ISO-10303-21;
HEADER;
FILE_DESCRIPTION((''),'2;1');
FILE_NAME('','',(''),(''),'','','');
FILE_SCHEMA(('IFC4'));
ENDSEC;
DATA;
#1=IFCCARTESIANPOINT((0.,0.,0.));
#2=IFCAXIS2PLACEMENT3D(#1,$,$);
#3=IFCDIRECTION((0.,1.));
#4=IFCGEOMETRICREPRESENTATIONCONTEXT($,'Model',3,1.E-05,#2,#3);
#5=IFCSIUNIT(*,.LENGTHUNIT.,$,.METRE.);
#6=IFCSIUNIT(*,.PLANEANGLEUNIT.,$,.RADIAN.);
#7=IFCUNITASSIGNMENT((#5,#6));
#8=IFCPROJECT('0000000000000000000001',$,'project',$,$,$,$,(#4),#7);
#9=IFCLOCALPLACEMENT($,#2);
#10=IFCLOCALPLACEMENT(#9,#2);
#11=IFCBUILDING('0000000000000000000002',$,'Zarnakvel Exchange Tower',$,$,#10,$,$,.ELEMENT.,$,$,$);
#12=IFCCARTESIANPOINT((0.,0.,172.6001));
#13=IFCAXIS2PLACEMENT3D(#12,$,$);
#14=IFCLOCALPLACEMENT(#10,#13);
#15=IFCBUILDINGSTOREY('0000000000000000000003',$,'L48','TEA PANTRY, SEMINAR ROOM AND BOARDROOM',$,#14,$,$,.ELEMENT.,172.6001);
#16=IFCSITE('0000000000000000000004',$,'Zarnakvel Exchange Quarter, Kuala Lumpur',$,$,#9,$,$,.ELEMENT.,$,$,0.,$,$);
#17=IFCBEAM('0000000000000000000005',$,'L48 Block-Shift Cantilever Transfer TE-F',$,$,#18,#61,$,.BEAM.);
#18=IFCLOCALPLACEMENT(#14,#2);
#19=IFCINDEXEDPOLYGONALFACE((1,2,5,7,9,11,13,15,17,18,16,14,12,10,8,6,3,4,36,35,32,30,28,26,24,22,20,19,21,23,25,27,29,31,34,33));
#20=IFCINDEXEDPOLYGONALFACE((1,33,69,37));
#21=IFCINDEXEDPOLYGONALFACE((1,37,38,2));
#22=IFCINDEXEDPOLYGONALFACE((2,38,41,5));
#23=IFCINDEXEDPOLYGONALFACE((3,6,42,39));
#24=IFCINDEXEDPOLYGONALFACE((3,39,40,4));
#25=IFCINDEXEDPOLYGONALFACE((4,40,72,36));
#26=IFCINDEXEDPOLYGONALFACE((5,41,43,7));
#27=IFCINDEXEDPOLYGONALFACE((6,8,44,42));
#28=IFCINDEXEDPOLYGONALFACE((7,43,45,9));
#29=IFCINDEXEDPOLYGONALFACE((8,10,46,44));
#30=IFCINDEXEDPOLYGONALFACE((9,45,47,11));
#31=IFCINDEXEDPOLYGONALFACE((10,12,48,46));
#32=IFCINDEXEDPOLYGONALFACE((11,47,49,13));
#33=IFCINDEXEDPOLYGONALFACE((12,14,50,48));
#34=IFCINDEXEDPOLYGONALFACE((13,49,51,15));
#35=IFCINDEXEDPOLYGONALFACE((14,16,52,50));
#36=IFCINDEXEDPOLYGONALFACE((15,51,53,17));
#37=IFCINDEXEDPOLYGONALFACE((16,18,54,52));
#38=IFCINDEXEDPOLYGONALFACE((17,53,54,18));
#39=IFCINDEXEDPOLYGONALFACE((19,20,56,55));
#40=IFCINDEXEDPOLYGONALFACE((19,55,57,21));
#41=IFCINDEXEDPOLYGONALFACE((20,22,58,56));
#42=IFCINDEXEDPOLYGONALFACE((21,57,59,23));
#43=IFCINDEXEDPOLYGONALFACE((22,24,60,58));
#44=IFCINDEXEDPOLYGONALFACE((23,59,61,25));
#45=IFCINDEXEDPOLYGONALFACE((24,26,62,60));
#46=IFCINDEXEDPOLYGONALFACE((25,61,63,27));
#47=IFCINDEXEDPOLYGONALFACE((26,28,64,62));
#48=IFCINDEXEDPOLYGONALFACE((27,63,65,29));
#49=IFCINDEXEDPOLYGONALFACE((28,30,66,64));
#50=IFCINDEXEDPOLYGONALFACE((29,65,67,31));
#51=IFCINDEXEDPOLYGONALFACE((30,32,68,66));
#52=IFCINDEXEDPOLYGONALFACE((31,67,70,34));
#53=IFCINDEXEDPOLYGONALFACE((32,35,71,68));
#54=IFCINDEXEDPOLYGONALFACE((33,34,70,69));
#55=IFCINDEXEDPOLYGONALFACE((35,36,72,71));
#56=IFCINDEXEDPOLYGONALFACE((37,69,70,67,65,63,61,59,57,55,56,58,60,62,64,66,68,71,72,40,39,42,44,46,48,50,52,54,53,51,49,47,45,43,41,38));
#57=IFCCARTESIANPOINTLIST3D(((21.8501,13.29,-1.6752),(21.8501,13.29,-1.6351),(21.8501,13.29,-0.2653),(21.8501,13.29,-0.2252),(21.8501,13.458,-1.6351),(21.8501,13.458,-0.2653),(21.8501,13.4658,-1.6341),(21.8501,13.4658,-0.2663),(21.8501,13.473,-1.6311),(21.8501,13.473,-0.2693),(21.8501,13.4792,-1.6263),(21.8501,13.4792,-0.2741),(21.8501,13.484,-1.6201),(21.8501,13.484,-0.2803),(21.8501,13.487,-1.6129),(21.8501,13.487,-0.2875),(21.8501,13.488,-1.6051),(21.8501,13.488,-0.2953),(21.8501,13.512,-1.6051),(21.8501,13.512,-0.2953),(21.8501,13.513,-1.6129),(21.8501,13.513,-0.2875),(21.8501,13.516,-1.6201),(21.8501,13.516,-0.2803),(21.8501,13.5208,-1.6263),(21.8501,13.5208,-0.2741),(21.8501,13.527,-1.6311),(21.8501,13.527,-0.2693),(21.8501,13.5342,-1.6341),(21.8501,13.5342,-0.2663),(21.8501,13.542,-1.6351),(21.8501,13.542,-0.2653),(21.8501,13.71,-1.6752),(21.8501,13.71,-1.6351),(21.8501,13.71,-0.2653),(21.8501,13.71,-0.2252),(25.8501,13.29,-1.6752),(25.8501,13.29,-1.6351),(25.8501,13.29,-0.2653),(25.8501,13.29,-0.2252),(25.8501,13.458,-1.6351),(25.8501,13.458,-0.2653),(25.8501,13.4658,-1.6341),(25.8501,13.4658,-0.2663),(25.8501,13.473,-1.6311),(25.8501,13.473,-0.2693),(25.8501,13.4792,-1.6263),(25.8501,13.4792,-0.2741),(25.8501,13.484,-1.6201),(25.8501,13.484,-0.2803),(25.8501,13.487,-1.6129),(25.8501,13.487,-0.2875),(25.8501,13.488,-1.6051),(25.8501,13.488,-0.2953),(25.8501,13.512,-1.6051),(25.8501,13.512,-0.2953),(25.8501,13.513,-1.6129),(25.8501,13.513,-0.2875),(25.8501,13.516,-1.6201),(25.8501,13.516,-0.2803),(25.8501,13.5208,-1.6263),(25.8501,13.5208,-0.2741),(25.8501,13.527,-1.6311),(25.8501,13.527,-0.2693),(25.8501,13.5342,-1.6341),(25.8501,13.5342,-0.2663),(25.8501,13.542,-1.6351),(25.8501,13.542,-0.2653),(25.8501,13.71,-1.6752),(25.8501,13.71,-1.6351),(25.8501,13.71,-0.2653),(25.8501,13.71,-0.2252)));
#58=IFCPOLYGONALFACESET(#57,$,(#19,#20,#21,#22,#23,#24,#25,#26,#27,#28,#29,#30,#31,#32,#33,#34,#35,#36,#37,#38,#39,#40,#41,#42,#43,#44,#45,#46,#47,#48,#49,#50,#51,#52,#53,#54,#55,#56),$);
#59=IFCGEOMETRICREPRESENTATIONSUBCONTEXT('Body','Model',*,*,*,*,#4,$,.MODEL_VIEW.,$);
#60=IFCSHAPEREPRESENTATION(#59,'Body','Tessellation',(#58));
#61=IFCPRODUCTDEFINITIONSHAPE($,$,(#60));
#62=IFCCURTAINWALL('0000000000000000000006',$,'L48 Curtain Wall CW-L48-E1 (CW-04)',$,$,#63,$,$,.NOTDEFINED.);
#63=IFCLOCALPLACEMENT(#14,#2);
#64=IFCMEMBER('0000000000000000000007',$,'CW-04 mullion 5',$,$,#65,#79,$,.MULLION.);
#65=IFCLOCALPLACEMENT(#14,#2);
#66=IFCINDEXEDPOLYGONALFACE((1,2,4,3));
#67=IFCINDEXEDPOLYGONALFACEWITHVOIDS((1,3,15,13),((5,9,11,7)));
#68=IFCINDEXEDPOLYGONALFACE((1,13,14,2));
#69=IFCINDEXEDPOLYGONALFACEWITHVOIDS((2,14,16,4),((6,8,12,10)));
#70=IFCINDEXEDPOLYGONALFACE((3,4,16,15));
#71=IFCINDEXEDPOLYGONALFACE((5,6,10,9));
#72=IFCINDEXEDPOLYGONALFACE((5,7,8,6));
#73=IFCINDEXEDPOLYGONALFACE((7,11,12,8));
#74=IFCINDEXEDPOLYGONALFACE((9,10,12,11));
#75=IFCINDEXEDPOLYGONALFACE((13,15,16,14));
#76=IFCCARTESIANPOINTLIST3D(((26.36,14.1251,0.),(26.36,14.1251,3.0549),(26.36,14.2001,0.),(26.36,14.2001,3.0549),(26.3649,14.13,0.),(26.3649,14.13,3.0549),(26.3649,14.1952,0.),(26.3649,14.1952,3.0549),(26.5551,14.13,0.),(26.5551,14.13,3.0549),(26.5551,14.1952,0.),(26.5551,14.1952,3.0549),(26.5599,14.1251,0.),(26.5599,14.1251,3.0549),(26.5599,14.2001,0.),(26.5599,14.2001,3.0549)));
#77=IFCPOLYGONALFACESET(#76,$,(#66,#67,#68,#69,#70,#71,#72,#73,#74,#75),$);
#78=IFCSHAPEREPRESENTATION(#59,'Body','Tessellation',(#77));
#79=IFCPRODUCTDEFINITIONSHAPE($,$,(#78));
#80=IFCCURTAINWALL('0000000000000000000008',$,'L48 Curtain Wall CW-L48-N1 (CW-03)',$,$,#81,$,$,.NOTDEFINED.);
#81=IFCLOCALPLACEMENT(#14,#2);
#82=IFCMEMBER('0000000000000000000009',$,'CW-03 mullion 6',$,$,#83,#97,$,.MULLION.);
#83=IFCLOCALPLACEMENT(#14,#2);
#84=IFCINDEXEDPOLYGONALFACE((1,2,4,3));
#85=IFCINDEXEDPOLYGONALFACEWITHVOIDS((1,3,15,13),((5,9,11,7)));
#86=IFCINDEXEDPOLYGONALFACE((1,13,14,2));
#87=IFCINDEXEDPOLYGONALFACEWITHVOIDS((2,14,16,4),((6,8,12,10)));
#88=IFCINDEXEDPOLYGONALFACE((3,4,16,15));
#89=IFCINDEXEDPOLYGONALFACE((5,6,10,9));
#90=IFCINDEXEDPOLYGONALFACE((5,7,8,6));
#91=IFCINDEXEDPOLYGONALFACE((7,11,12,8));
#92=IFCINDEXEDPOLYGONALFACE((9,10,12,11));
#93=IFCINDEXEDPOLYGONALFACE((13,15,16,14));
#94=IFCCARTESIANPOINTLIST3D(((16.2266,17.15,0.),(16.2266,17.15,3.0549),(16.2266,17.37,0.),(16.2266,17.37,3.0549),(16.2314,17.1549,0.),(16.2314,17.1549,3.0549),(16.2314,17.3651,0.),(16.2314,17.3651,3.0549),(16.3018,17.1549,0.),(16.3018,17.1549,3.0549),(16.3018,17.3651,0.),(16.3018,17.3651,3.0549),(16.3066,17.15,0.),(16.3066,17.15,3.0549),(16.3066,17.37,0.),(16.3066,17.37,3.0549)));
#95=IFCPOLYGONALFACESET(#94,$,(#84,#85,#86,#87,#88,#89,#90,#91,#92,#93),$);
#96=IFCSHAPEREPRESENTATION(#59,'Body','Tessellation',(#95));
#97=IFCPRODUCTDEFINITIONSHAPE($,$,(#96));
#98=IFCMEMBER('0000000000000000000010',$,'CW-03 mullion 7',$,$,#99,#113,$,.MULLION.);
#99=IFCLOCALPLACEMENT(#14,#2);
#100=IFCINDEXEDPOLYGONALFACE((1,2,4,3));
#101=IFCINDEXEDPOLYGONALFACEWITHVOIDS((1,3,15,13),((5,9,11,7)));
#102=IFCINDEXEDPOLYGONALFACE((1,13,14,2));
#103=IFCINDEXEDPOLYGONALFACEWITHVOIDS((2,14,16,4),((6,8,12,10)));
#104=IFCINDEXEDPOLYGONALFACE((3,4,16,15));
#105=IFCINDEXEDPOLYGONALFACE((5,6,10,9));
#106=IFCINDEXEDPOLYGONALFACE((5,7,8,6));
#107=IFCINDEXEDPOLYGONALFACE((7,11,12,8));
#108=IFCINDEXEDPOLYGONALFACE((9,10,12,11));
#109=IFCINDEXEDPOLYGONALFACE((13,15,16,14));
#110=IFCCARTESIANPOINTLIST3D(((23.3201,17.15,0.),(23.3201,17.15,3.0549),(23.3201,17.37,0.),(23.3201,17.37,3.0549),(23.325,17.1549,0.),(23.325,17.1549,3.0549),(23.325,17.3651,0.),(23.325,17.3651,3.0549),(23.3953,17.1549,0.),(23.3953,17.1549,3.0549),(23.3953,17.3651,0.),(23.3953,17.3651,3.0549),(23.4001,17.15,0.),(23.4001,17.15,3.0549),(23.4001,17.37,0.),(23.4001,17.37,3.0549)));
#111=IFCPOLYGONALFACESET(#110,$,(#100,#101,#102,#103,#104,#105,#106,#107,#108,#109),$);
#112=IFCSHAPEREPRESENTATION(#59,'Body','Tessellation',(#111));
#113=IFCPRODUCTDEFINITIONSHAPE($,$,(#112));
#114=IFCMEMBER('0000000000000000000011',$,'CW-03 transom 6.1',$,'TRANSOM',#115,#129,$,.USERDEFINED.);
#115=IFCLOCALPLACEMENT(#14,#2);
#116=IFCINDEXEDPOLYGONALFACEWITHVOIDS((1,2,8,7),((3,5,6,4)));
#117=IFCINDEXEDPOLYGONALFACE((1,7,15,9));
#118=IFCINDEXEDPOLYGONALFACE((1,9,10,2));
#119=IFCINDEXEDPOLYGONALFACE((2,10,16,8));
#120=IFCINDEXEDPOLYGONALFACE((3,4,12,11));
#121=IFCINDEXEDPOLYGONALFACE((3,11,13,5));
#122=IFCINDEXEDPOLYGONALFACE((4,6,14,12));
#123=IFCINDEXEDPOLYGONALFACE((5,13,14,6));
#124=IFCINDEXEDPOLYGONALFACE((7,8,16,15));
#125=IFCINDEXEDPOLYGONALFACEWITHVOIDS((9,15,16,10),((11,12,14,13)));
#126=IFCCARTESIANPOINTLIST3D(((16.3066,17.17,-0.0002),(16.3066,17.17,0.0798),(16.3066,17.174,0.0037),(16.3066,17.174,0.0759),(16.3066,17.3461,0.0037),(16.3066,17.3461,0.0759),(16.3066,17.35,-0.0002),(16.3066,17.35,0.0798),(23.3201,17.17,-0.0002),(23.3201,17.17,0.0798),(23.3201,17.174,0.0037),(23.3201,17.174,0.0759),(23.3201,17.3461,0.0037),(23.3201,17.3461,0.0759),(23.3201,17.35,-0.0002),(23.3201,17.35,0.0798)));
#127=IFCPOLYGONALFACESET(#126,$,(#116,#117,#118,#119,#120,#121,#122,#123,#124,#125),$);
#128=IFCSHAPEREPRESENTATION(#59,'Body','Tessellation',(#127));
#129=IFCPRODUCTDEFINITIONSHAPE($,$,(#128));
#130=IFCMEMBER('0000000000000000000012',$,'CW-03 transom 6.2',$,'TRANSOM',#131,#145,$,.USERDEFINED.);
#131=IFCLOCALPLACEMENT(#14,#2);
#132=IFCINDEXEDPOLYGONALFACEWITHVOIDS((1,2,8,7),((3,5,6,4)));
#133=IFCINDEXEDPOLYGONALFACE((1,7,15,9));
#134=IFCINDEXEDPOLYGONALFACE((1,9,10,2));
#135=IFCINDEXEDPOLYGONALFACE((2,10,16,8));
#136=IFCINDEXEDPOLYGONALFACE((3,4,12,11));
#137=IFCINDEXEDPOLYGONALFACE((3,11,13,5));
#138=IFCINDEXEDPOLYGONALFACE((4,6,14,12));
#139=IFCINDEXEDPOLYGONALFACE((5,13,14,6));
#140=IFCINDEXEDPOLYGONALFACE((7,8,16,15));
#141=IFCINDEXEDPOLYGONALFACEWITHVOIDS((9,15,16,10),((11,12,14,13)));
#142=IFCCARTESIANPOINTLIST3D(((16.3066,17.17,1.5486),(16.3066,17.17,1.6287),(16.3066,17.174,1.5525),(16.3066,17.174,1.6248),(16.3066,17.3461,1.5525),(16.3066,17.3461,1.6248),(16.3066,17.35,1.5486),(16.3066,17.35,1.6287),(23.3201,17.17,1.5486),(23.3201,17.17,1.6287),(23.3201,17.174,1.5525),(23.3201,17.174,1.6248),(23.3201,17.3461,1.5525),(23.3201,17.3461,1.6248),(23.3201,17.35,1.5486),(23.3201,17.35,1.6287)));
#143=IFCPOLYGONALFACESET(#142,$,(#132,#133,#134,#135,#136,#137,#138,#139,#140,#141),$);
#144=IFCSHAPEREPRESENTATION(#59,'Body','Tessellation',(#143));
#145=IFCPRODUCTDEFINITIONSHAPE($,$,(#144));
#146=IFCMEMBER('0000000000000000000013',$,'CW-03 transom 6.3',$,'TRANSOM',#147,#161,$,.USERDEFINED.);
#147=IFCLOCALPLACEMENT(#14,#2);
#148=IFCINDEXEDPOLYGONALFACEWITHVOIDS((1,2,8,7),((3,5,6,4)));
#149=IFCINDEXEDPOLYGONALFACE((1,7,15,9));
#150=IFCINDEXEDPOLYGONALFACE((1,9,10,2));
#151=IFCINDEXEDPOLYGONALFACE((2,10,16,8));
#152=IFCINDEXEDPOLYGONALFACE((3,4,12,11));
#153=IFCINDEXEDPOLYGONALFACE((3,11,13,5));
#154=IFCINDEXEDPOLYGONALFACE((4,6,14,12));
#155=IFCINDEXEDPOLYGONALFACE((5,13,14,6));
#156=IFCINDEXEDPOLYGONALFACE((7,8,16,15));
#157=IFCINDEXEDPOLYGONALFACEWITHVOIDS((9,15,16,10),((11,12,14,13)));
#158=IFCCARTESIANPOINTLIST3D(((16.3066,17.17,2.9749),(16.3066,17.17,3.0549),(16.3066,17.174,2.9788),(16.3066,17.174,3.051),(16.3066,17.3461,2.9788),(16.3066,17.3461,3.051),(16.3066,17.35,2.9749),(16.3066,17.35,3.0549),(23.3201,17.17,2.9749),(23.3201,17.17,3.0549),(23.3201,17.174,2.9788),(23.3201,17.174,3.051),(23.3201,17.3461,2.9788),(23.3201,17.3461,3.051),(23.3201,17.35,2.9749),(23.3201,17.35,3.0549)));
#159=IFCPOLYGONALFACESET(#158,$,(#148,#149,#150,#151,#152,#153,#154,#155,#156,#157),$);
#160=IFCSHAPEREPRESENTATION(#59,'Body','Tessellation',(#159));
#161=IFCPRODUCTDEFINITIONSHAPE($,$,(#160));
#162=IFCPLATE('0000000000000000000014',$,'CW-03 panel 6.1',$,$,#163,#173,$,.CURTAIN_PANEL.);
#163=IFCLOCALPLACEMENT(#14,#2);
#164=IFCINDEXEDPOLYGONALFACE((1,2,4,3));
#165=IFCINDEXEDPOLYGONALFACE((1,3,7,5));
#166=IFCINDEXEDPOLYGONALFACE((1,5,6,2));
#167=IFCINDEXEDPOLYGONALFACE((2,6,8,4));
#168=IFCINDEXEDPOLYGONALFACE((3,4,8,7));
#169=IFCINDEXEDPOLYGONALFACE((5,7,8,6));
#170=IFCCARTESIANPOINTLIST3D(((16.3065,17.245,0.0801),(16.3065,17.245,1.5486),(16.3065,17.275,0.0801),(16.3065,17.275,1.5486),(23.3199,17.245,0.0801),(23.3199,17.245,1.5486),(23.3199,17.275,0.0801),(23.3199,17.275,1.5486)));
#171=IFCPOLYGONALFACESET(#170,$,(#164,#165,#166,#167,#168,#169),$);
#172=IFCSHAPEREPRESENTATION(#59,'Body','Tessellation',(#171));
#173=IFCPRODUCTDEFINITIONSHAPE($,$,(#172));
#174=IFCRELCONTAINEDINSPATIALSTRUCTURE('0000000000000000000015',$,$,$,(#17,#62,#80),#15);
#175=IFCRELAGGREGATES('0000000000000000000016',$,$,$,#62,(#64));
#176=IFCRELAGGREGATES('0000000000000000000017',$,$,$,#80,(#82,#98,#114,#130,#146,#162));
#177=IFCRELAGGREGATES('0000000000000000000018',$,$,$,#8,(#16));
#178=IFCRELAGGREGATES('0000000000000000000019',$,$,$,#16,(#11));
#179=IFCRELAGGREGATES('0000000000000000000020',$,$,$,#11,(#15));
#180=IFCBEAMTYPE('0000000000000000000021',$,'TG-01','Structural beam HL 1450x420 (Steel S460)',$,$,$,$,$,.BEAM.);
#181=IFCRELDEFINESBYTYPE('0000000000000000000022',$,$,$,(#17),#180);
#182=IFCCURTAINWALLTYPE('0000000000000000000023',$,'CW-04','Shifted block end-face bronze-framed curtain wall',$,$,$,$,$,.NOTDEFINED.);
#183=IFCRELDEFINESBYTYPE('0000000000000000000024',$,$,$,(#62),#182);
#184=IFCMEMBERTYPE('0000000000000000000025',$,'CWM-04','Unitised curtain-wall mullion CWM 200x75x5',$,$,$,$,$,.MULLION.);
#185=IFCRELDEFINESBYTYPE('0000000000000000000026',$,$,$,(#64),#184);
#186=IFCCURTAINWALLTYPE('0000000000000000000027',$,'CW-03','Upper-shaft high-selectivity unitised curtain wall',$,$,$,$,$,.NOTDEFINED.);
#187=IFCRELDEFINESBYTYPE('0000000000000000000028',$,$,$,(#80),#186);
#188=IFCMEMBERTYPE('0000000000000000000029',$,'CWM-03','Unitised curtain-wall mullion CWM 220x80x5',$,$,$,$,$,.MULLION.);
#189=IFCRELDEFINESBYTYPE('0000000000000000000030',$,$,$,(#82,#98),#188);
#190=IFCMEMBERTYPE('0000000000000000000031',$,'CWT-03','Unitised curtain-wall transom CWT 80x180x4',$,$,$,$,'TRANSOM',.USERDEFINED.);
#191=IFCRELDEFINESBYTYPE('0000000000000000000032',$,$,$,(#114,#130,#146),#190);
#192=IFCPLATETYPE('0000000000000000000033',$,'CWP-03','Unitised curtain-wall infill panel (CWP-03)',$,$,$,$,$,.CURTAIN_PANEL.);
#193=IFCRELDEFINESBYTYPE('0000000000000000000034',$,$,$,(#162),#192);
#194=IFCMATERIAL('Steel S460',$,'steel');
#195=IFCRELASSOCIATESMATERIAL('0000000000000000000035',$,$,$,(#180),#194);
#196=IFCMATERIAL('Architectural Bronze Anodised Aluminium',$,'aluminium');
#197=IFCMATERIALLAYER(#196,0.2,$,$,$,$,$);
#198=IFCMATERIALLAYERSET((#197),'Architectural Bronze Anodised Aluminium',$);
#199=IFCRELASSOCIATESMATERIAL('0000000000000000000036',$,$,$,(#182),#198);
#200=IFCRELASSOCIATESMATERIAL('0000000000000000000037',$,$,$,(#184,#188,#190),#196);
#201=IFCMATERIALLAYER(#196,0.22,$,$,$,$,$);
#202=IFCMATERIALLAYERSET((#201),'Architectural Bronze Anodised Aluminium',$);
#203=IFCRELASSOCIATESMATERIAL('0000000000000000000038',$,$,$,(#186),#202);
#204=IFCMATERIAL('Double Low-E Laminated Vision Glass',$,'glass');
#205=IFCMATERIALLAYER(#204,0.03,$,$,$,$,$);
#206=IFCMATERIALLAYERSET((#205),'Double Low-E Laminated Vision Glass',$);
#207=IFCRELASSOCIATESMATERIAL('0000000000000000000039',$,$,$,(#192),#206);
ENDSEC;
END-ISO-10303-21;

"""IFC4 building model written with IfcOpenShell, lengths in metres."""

from ifc_helpers import new_model, si_unit, direction, frame, origin, origin_2d, place, context, subcontext, project, spatial, rectangle, hollow_rectangle, i_section, extrude, source, transform, mapped, material, layer, layer_set, material_profile, profile_set, type_object, element, aggregate, save


model = new_model("IFC4")

# Units and contexts
model_context = context("Model", 3, precision=1e-05, world=origin(), true_north=direction((0.0, 1.0)))
body_context = subcontext(model_context, "Body", "Model", "MODEL_VIEW")
ifc_project = project(units=[si_unit("LENGTHUNIT", "METRE"), si_unit("PLANEANGLEUNIT", "RADIAN")], contexts=[model_context])

# Site, building, storey
site_placement = place(None, origin())
site = spatial("IfcSite", under=ifc_project, at=site_placement, Name="Zarnakvel Exchange Quarter, Kuala Lumpur", CompositionType="ELEMENT", RefElevation=0.0)
building_placement = place(site_placement, origin())
building = spatial("IfcBuilding", under=site, at=building_placement, Name="Zarnakvel Exchange Tower", CompositionType="ELEMENT")
storey_placement = place(building_placement, frame((0.0, 0.0, 172.6001)))
storey = spatial("IfcBuildingStorey", under=building, at=storey_placement, Name="L48", Description="TEA PANTRY, SEMINAR ROOM AND BOARDROOM", CompositionType="ELEMENT", Elevation=172.6001)

# Beam
ifc_material_1 = material(Name="Steel S460", Category="steel")
ifc_material_profile_1 = material_profile(ifc_material_1, i_section(OverallWidth=0.4199, OverallDepth=1.45, WebThickness=0.0239, FlangeThickness=0.04, FilletRadius=0.03, at=origin_2d()))
ifc_profile_set_1 = profile_set([ifc_material_profile_1], Name="Steel S460")
beam_type_1 = type_object("IfcBeamType", Name="TG-01", Description="Structural beam HL 1450x420 (Steel S460)", PredefinedType="BEAM", material=ifc_profile_set_1)
beam_1_placement = place(storey_placement, frame((21.8501, 13.5, -0.9502), z_axis=(1.0, 0.0, 0.0), x_axis=(0.0, 1.0, 0.0)))
element("IfcBeam", 1, at=beam_1_placement, inside=storey, type_object=beam_type_1, Name="L48 Block-Shift Cantilever Transfer TE-F", PredefinedType="BEAM", context=body_context, shape_type="SweptSolid", body=[
    extrude(i_section(OverallWidth=0.4199, OverallDepth=1.45, WebThickness=0.0239, FlangeThickness=0.04, FilletRadius=0.03, at=origin_2d()), origin(), (0.0, 0.0, 1.0), 4.0),
])

# Curtain wall, member
ifc_material_2 = material(Name="Architectural Bronze Anodised Aluminium", Category="aluminium")
ifc_layer_1 = layer(ifc_material_2, 0.2)
ifc_layer_set_1 = layer_set([ifc_layer_1], Name="Architectural Bronze Anodised Aluminium")
curtain_wall_type_1 = type_object("IfcCurtainWallType", Name="CW-04", Description="Shifted block end-face bronze-framed curtain wall", PredefinedType="NOTDEFINED", material=ifc_layer_set_1)
curtain_wall_1_placement = place(storey_placement, origin())
curtain_wall_1 = element("IfcCurtainWall", 2, at=curtain_wall_1_placement, inside=storey, type_object=curtain_wall_type_1, Name="L48 Curtain Wall CW-L48-E1 (CW-04)", PredefinedType="NOTDEFINED")
ifc_material_profile_2 = material_profile(ifc_material_2, hollow_rectangle(XDim=0.2, YDim=0.075, WallThickness=0.0049, at=origin_2d()))
ifc_profile_set_2 = profile_set([ifc_material_profile_2], Name="Architectural Bronze Anodised Aluminium")
member_type_1 = type_object("IfcMemberType", Name="CWM-04", Description="Unitised curtain-wall mullion CWM 200x75x5", PredefinedType="MULLION", material=ifc_profile_set_2)
shared_shape_1 = source(origin(), body_context, "Body", "SweptSolid", [
    extrude(hollow_rectangle(XDim=0.2, YDim=0.075, WallThickness=0.0049, at=origin_2d()), origin(), (0.0, 0.0, 1.0), 3.0549),
])
member_1_placement = place(storey_placement, frame((26.46, 14.1626, 0.0), z_axis=(0.0, 0.0, 1.0), x_axis=(-1.0, 0.0, 0.0)))
member_1 = element("IfcMember", 3, at=member_1_placement, type_object=member_type_1, Name="CW-04 mullion 5", PredefinedType="MULLION", context=body_context, shape_type="MappedRepresentation", body=[
    mapped(shared_shape_1, transform((0.0, 0.0, 0.0), x_axis=(1.0, 0.0, 0.0), y_axis=(0.0, 1.0, 0.0), z_axis=(0.0, 0.0, 1.0), scale=1.0)),
])
aggregate(curtain_wall_1, [member_1])

# Curtain wall, members, plate
ifc_layer_2 = layer(ifc_material_2, 0.22)
ifc_layer_set_2 = layer_set([ifc_layer_2], Name="Architectural Bronze Anodised Aluminium")
curtain_wall_type_2 = type_object("IfcCurtainWallType", Name="CW-03", Description="Upper-shaft high-selectivity unitised curtain wall", PredefinedType="NOTDEFINED", material=ifc_layer_set_2)
curtain_wall_2_placement = place(storey_placement, origin())
curtain_wall_2 = element("IfcCurtainWall", 4, at=curtain_wall_2_placement, inside=storey, type_object=curtain_wall_type_2, Name="L48 Curtain Wall CW-L48-N1 (CW-03)", PredefinedType="NOTDEFINED")
ifc_material_profile_3 = material_profile(ifc_material_2, hollow_rectangle(XDim=0.22, YDim=0.0801, WallThickness=0.0049, at=origin_2d()))
ifc_profile_set_3 = profile_set([ifc_material_profile_3], Name="Architectural Bronze Anodised Aluminium")
member_type_2 = type_object("IfcMemberType", Name="CWM-03", Description="Unitised curtain-wall mullion CWM 220x80x5", PredefinedType="MULLION", material=ifc_profile_set_3)
shared_shape_2 = source(origin(), body_context, "Body", "SweptSolid", [
    extrude(hollow_rectangle(XDim=0.22, YDim=0.0801, WallThickness=0.0049, at=origin_2d()), origin(), (0.0, 0.0, 1.0), 3.0549),
])
member_2_placement = place(storey_placement, frame((16.2666, 17.26, 0.0), z_axis=(0.0, 0.0, 1.0), x_axis=(0.0, 1.0, 0.0)))
member_2 = element("IfcMember", 5, at=member_2_placement, type_object=member_type_2, Name="CW-03 mullion 6", PredefinedType="MULLION", context=body_context, shape_type="MappedRepresentation", body=[
    mapped(shared_shape_2, transform((0.0, 0.0, 0.0), x_axis=(1.0, 0.0, 0.0), y_axis=(0.0, 1.0, 0.0), z_axis=(0.0, 0.0, 1.0), scale=1.0)),
])
member_3_placement = place(storey_placement, frame((23.3601, 17.26, 0.0), z_axis=(0.0, 0.0, 1.0), x_axis=(0.0, 1.0, 0.0)))
member_3 = element("IfcMember", 6, at=member_3_placement, type_object=member_type_2, Name="CW-03 mullion 7", PredefinedType="MULLION", context=body_context, shape_type="MappedRepresentation", body=[
    mapped(shared_shape_2, transform((0.0, 0.0, 0.0), x_axis=(1.0, 0.0, 0.0), y_axis=(0.0, 1.0, 0.0), z_axis=(0.0, 0.0, 1.0), scale=1.0)),
])
ifc_material_profile_4 = material_profile(ifc_material_2, hollow_rectangle(XDim=0.1799, YDim=0.0801, WallThickness=0.0039, at=origin_2d()))
ifc_profile_set_4 = profile_set([ifc_material_profile_4], Name="Architectural Bronze Anodised Aluminium")
member_type_3 = type_object("IfcMemberType", Name="CWT-03", Description="Unitised curtain-wall transom CWT 80x180x4", ElementType="TRANSOM", PredefinedType="USERDEFINED", material=ifc_profile_set_4)
shared_shape_3 = source(origin(), body_context, "Body", "SweptSolid", [
    extrude(hollow_rectangle(XDim=0.1799, YDim=0.0801, WallThickness=0.0039, at=origin_2d()), origin(), (0.0, 0.0, 1.0), 7.0134),
])
member_4_placement = place(storey_placement, frame((16.3066, 17.26, 0.0398), z_axis=(1.0, 0.0, 0.0), x_axis=(0.0, 1.0, 0.0)))
member_4 = element("IfcMember", 7, at=member_4_placement, type_object=member_type_3, Name="CW-03 transom 6.1", ObjectType="TRANSOM", PredefinedType="USERDEFINED", context=body_context, shape_type="MappedRepresentation", body=[
    mapped(shared_shape_3, transform((0.0, 0.0, 0.0), x_axis=(1.0, 0.0, 0.0), y_axis=(0.0, 1.0, 0.0), z_axis=(0.0, 0.0, 1.0), scale=1.0)),
])
member_5_placement = place(storey_placement, frame((16.3066, 17.26, 1.5886), z_axis=(1.0, 0.0, 0.0), x_axis=(0.0, 1.0, 0.0)))
member_5 = element("IfcMember", 8, at=member_5_placement, type_object=member_type_3, Name="CW-03 transom 6.2", ObjectType="TRANSOM", PredefinedType="USERDEFINED", context=body_context, shape_type="MappedRepresentation", body=[
    mapped(shared_shape_3, transform((0.0, 0.0, 0.0), x_axis=(1.0, 0.0, 0.0), y_axis=(0.0, 1.0, 0.0), z_axis=(0.0, 0.0, 1.0), scale=1.0)),
])
member_6_placement = place(storey_placement, frame((16.3066, 17.26, 3.0149), z_axis=(1.0, 0.0, 0.0), x_axis=(0.0, 1.0, 0.0)))
member_6 = element("IfcMember", 9, at=member_6_placement, type_object=member_type_3, Name="CW-03 transom 6.3", ObjectType="TRANSOM", PredefinedType="USERDEFINED", context=body_context, shape_type="MappedRepresentation", body=[
    mapped(shared_shape_3, transform((0.0, 0.0, 0.0), x_axis=(1.0, 0.0, 0.0), y_axis=(0.0, 1.0, 0.0), z_axis=(0.0, 0.0, 1.0), scale=1.0)),
])
ifc_material_3 = material(Name="Double Low-E Laminated Vision Glass", Category="glass")
ifc_layer_3 = layer(ifc_material_3, 0.03)
ifc_layer_set_3 = layer_set([ifc_layer_3], Name="Double Low-E Laminated Vision Glass")
plate_type = type_object("IfcPlateType", Name="CWP-03", Description="Unitised curtain-wall infill panel (CWP-03)", PredefinedType="CURTAIN_PANEL", material=ifc_layer_set_3)
shared_shape_4 = source(origin(), body_context, "Body", "SweptSolid", [
    extrude(rectangle(XDim=7.0134, YDim=0.03, at=origin_2d()), origin(), (0.0, 0.0, 1.0), 1.4685),
])
plate_1_placement = place(storey_placement, frame((19.8132, 17.26, 0.0801), z_axis=(0.0, 0.0, 1.0), x_axis=(1.0, 0.0, 0.0)))
plate_1 = element("IfcPlate", 10, at=plate_1_placement, type_object=plate_type, Name="CW-03 panel 6.1", PredefinedType="CURTAIN_PANEL", context=body_context, shape_type="MappedRepresentation", body=[
    mapped(shared_shape_4, transform((0.0, 0.0, 0.0), x_axis=(1.0, 0.0, 0.0), y_axis=(0.0, 1.0, 0.0), z_axis=(0.0, 0.0, 1.0), scale=1.0)),
])
aggregate(curtain_wall_2, [member_2, member_3, member_4, member_5, member_6, plate_1])

save(model, "model.ifc")
